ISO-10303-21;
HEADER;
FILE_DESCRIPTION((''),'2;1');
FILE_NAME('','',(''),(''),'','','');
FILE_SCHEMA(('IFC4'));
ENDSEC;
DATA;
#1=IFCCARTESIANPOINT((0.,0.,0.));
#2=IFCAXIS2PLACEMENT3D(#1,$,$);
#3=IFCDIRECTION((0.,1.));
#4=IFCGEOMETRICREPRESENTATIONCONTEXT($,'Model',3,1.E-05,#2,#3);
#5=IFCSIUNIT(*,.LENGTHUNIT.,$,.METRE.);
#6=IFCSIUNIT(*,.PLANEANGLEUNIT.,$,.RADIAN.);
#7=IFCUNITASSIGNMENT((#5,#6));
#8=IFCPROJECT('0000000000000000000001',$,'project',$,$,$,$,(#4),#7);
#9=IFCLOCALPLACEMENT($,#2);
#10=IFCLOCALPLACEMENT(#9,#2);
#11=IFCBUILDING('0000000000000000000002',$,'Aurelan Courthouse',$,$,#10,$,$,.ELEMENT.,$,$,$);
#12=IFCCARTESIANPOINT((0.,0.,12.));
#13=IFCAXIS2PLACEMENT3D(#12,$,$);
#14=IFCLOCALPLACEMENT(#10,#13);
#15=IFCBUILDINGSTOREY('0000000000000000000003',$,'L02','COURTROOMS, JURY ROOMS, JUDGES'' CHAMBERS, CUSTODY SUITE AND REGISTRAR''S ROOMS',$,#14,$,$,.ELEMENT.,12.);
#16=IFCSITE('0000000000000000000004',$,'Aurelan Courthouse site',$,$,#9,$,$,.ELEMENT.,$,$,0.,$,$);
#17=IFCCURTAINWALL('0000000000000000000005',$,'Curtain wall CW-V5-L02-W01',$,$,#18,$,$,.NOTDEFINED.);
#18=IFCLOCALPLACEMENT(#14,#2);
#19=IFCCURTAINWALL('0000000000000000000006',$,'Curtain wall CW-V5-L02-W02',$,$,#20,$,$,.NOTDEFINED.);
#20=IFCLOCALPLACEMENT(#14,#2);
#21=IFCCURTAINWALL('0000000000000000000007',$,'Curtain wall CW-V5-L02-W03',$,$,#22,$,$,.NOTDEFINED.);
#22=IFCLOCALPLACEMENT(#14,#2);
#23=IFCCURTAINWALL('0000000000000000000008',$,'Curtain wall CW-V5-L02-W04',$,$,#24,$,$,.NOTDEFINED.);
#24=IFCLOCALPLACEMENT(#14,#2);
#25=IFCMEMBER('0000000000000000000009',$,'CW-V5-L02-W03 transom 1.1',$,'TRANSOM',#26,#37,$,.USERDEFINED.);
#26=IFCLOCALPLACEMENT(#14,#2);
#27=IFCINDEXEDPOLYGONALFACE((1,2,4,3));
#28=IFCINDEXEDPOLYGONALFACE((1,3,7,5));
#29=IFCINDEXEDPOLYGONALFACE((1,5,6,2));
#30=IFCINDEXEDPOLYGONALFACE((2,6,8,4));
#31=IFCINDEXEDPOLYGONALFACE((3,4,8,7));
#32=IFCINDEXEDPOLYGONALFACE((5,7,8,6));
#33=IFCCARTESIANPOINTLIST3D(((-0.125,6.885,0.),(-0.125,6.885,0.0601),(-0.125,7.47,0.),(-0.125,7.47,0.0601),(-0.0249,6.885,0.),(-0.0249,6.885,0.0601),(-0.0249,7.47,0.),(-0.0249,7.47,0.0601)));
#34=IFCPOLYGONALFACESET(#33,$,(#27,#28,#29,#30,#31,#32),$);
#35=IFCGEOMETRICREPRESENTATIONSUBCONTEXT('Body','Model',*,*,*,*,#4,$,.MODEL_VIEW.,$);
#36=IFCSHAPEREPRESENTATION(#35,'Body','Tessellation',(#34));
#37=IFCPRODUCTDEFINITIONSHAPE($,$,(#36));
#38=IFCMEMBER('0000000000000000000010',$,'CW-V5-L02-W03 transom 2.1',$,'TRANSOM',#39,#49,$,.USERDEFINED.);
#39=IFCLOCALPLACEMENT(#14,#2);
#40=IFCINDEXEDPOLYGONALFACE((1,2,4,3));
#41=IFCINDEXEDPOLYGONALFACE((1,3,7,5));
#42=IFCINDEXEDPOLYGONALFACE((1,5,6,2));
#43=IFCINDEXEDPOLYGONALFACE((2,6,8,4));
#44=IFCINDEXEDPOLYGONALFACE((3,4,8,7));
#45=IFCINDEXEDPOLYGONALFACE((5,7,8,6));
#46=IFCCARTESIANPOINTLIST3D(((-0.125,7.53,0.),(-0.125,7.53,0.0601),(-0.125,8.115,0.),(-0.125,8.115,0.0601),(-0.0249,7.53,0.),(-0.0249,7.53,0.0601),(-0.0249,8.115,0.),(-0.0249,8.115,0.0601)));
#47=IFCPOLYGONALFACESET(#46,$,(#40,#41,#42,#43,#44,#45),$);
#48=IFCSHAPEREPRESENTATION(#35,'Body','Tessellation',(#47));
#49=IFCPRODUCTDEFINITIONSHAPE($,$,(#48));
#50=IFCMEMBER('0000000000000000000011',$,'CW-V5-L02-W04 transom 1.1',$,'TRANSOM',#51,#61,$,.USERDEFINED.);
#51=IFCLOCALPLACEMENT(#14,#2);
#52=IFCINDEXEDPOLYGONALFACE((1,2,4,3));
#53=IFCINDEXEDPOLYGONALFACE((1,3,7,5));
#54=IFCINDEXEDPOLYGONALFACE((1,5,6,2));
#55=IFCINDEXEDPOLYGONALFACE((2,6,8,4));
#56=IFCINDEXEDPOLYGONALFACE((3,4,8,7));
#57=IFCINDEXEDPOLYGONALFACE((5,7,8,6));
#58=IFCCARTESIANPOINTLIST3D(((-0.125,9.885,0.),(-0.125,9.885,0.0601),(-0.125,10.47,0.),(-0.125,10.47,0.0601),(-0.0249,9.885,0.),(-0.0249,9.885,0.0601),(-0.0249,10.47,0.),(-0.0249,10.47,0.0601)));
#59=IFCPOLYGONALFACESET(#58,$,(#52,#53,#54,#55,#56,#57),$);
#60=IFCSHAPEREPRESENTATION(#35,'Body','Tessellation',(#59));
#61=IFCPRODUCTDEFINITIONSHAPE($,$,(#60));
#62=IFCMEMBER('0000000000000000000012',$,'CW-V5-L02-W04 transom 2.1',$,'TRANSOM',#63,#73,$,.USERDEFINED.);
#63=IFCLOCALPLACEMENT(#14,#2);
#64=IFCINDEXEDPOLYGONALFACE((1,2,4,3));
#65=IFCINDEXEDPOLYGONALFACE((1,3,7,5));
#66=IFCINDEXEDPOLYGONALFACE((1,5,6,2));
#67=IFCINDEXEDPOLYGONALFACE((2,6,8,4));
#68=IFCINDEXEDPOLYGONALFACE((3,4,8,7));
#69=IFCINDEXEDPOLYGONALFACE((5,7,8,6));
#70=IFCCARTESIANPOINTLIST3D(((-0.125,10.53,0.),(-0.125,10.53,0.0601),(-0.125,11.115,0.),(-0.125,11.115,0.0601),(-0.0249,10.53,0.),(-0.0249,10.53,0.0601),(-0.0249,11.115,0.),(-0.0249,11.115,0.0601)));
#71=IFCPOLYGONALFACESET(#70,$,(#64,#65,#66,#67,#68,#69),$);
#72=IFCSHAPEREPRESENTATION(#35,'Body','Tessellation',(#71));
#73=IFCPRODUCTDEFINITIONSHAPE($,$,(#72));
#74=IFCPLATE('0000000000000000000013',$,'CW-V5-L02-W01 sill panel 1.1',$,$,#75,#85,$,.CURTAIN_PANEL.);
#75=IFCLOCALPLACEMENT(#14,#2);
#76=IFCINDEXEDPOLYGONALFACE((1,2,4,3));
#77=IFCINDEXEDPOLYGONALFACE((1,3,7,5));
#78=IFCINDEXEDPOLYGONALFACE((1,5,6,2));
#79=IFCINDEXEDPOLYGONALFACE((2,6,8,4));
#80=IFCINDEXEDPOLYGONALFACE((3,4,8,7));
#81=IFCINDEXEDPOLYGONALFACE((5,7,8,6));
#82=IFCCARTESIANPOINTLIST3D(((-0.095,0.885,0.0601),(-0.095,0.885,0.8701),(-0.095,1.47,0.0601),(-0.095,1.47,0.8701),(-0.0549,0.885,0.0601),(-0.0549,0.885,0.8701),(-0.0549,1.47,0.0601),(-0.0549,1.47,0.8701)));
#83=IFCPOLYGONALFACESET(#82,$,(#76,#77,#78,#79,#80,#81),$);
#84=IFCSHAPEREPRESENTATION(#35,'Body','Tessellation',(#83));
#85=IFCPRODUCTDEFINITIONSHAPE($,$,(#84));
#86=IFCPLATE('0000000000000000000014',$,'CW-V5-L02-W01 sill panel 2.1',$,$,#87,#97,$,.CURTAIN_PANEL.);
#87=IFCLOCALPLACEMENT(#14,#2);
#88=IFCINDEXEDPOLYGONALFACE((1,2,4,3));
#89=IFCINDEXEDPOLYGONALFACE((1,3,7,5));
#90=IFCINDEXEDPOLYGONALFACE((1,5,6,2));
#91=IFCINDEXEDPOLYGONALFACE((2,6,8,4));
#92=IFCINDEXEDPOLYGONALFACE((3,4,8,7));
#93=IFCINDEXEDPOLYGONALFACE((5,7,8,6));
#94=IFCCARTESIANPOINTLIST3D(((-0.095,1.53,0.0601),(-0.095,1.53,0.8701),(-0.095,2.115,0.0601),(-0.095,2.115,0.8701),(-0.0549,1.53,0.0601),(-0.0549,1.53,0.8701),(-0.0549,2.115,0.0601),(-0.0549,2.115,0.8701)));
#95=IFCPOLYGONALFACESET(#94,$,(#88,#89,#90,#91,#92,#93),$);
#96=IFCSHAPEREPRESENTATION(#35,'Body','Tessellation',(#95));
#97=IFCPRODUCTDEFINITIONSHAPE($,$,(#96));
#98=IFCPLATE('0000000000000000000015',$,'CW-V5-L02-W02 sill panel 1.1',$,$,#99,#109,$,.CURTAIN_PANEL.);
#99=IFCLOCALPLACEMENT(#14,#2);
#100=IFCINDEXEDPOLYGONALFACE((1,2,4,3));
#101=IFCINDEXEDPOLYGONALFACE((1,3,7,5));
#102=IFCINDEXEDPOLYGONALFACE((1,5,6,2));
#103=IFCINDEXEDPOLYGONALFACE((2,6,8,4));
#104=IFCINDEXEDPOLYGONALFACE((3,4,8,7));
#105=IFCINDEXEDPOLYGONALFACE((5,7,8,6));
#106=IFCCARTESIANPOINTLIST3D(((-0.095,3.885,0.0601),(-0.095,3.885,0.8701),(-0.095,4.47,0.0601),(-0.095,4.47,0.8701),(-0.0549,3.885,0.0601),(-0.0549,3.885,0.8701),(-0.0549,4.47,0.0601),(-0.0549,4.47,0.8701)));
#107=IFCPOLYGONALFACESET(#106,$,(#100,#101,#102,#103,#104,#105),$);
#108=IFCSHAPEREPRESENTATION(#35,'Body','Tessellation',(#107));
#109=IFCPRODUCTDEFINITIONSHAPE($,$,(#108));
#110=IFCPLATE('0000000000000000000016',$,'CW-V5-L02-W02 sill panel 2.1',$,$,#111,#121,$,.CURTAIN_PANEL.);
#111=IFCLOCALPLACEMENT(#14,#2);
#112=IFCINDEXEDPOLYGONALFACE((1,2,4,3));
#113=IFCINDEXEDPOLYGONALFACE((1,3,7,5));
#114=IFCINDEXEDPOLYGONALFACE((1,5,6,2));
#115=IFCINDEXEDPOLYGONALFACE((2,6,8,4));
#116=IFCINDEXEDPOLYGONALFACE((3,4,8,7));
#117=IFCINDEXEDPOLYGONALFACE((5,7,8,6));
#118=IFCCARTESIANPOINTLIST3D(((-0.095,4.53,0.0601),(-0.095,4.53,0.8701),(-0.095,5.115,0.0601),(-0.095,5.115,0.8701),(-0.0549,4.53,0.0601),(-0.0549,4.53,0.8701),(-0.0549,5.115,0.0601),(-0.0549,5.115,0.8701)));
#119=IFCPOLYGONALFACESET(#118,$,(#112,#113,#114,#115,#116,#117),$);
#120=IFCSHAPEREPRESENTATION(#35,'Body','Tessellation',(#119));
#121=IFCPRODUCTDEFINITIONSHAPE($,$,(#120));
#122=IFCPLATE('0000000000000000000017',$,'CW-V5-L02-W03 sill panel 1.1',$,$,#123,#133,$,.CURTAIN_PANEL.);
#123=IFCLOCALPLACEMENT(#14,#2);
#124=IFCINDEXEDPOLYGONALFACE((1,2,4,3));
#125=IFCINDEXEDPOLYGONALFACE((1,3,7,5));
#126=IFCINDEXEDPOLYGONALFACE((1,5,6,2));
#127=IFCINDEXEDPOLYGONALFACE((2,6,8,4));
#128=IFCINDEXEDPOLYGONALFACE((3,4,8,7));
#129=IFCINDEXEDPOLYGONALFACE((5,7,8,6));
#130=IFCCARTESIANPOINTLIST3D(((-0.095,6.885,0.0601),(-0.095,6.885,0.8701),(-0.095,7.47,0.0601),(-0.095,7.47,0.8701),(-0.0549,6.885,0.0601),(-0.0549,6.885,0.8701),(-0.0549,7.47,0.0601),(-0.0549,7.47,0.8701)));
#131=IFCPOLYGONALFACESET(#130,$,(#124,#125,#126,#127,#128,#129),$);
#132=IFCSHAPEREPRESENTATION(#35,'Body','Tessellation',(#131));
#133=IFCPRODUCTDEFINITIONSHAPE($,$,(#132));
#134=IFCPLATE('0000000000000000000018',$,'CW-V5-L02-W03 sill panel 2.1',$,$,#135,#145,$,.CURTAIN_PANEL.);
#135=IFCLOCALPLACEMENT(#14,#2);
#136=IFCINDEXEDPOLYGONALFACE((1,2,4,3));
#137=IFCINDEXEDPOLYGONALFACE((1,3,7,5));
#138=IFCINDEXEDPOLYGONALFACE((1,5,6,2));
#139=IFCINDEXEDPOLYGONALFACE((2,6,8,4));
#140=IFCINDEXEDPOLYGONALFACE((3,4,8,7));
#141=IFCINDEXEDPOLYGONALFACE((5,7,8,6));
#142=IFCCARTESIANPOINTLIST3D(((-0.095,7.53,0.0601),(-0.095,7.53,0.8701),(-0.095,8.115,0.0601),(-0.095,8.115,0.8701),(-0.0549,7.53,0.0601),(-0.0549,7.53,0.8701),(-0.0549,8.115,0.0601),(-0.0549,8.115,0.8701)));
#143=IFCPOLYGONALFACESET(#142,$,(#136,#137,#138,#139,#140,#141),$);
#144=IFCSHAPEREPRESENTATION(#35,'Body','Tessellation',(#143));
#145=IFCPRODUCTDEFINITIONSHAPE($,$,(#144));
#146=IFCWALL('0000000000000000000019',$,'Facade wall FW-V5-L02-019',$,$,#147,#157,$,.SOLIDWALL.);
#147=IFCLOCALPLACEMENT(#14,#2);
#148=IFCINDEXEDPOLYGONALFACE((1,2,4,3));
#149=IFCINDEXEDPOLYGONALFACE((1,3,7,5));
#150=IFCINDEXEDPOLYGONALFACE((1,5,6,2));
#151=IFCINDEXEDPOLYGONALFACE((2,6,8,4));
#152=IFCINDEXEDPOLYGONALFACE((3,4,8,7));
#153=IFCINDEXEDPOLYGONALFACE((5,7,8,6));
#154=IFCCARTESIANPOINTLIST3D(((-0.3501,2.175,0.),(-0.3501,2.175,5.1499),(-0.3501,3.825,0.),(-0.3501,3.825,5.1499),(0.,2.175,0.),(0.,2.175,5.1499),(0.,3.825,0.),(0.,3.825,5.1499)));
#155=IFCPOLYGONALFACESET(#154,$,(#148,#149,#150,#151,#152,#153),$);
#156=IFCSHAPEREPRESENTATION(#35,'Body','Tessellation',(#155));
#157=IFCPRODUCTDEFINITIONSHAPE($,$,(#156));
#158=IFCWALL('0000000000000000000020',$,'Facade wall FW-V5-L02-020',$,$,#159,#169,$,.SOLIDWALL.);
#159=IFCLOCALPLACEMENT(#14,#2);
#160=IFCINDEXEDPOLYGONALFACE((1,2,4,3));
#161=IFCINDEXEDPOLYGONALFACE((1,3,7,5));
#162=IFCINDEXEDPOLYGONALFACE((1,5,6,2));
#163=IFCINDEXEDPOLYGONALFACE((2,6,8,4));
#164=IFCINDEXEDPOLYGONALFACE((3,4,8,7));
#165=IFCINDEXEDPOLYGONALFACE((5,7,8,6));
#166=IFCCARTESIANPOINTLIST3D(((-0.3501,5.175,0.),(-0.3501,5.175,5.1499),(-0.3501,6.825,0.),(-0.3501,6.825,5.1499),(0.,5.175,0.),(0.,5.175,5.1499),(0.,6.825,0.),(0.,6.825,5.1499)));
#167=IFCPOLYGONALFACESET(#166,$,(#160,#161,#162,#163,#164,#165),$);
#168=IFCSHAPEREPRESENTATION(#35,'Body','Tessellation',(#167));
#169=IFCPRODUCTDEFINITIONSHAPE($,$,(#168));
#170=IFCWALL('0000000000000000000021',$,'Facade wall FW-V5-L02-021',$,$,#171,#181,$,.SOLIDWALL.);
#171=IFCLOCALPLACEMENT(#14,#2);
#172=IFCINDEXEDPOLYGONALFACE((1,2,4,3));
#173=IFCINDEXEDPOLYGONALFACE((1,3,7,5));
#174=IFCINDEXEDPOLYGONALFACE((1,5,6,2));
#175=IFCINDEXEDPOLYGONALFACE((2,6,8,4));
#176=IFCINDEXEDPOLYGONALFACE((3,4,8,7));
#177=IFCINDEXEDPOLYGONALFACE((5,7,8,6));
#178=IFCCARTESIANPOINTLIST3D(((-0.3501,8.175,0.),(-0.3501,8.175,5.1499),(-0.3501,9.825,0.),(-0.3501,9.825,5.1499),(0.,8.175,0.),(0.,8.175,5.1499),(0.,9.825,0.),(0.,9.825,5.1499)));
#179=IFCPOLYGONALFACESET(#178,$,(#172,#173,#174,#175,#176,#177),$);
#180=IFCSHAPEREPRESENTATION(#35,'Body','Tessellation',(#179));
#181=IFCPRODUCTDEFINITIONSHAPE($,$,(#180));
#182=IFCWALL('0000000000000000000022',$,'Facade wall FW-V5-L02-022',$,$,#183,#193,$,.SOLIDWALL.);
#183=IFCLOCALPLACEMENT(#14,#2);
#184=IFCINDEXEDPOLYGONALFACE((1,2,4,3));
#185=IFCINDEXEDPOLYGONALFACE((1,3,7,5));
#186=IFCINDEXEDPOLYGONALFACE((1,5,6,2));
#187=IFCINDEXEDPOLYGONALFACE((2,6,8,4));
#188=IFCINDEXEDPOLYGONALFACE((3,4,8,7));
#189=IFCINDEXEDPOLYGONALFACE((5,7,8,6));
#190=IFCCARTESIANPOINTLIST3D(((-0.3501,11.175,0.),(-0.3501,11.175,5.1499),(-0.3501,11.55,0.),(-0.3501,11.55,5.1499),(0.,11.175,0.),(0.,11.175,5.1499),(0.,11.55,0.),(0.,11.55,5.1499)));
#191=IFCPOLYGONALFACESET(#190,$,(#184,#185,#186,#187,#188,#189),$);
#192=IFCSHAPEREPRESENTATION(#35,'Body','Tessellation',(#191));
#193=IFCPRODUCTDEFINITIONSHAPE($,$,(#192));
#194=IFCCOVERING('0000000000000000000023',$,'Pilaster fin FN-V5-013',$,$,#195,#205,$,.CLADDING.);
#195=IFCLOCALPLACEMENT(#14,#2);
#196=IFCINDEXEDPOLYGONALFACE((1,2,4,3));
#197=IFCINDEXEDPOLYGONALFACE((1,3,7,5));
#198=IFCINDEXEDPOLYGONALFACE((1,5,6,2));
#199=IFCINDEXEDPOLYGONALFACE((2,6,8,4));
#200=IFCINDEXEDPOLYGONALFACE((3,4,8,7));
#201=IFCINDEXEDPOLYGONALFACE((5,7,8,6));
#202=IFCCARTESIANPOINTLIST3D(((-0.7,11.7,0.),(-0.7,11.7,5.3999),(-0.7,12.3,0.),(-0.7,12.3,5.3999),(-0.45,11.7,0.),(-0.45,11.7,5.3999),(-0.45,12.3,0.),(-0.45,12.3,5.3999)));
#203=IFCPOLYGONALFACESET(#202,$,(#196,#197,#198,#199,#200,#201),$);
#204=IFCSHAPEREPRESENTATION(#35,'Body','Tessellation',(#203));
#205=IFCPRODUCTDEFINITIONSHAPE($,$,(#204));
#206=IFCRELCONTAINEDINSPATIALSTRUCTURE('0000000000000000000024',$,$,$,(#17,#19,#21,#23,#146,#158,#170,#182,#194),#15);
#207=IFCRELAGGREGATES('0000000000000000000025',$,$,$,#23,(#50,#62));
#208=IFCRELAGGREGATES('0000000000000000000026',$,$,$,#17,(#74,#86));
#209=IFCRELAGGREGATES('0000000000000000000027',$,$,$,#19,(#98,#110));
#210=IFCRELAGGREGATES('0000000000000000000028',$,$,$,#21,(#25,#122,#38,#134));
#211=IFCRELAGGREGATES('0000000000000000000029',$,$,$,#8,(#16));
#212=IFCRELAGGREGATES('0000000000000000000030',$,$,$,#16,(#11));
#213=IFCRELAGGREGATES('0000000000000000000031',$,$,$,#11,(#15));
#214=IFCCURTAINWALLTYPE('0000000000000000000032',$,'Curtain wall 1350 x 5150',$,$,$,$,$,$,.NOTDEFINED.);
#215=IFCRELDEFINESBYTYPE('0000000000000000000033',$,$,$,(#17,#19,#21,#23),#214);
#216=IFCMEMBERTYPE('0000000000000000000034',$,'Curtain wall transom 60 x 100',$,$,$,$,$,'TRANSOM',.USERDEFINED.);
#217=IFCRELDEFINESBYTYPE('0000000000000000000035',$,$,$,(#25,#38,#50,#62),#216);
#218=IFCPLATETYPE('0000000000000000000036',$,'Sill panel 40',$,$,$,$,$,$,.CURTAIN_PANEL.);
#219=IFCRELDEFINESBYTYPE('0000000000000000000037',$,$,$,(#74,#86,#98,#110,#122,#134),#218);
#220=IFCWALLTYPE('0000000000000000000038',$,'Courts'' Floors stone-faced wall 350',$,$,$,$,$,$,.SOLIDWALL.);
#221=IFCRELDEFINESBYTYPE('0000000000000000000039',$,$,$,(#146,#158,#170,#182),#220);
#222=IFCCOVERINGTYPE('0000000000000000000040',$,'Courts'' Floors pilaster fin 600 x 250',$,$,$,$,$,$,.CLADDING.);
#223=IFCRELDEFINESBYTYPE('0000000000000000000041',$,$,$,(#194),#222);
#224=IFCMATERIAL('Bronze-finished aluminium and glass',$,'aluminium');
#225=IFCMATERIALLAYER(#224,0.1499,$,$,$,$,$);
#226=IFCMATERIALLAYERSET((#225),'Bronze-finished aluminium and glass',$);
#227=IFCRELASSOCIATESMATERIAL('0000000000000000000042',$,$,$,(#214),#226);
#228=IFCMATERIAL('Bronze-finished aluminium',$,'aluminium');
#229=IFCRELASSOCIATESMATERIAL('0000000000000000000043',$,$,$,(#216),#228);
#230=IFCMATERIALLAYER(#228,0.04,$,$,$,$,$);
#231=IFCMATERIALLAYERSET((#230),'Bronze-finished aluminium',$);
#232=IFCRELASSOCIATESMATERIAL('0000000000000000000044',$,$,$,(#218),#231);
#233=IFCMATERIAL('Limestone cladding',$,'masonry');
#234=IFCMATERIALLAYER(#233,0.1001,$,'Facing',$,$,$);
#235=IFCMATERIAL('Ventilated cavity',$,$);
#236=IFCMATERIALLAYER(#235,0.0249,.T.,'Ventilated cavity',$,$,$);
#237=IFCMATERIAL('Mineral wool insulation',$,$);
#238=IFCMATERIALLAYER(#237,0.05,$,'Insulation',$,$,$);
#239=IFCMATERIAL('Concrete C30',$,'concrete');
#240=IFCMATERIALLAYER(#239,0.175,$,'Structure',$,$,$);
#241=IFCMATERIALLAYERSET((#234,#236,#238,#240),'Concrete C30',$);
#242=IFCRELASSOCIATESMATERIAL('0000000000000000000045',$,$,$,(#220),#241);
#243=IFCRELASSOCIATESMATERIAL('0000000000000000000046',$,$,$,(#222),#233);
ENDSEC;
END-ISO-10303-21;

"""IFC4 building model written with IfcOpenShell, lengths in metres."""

from ifc_helpers import new_model, si_unit, direction, frame, frame_2d, origin, origin_2d, place, context, subcontext, project, spatial, rectangle, extrude, material, layer, layer_set, material_profile, profile_set, type_object, element, aggregate, save


model = new_model("IFC4")

# Units and contexts
model_context = context("Model", 3, precision=1e-05, world=origin(), true_north=direction((0.0, 1.0)))
body_context = subcontext(model_context, "Body", "Model", "MODEL_VIEW")
ifc_project = project(units=[si_unit("LENGTHUNIT", "METRE"), si_unit("PLANEANGLEUNIT", "RADIAN")], contexts=[model_context])

# Site, building, storey
site_placement = place(None, origin())
site = spatial("IfcSite", under=ifc_project, at=site_placement, Name="Aurelan Courthouse site", CompositionType="ELEMENT", RefElevation=0.0)
building_placement = place(site_placement, origin())
building = spatial("IfcBuilding", under=site, at=building_placement, Name="Aurelan Courthouse", CompositionType="ELEMENT")
storey_placement = place(building_placement, frame((0.0, 0.0, 12.0)))
storey = spatial("IfcBuildingStorey", under=building, at=storey_placement, Name="L02", Description="COURTROOMS, JURY ROOMS, JUDGES' CHAMBERS, CUSTODY SUITE AND REGISTRAR'S ROOMS", CompositionType="ELEMENT", Elevation=12.0)

# Curtain walls
ifc_material_1 = material(Name="Bronze-finished aluminium and glass", Category="aluminium")
ifc_layer_1 = layer(ifc_material_1, 0.1499)
ifc_layer_set_1 = layer_set([ifc_layer_1], Name="Bronze-finished aluminium and glass")
curtain_wall_type = type_object("IfcCurtainWallType", Name="Curtain wall 1350 x 5150", PredefinedType="NOTDEFINED", material=ifc_layer_set_1)
curtain_wall_1_placement = place(storey_placement, origin())
curtain_wall_1 = element("IfcCurtainWall", 1, at=curtain_wall_1_placement, inside=storey, type_object=curtain_wall_type, Name="Curtain wall CW-V5-L02-W01", PredefinedType="NOTDEFINED")
ifc_material_2 = material(Name="Bronze-finished aluminium", Category="aluminium")
curtain_wall_2_placement = place(storey_placement, origin())
curtain_wall_2 = element("IfcCurtainWall", 2, at=curtain_wall_2_placement, inside=storey, type_object=curtain_wall_type, Name="Curtain wall CW-V5-L02-W02", PredefinedType="NOTDEFINED")
curtain_wall_3_placement = place(storey_placement, origin())
curtain_wall_3 = element("IfcCurtainWall", 3, at=curtain_wall_3_placement, inside=storey, type_object=curtain_wall_type, Name="Curtain wall CW-V5-L02-W03", PredefinedType="NOTDEFINED")
curtain_wall_4_placement = place(storey_placement, origin())
curtain_wall_4 = element("IfcCurtainWall", 4, at=curtain_wall_4_placement, inside=storey, type_object=curtain_wall_type, Name="Curtain wall CW-V5-L02-W04", PredefinedType="NOTDEFINED")

# Members
ifc_material_profile_1 = material_profile(ifc_material_2, rectangle(XDim=0.1001, YDim=0.0601, at=origin_2d()), Name="Bronze transom 60 x 100")
ifc_profile_set_1 = profile_set([ifc_material_profile_1], Name="Bronze-finished aluminium")
member_type_1 = type_object("IfcMemberType", Name="Curtain wall transom 60 x 100", ElementType="TRANSOM", PredefinedType="USERDEFINED", material=ifc_profile_set_1)
member_1_placement = place(storey_placement, frame((-0.075, 6.885, 0.03), z_axis=(0.0, 1.0, 0.0), x_axis=(-1.0, 0.0, 0.0)))
member_1 = element("IfcMember", 5, at=member_1_placement, type_object=member_type_1, Name="CW-V5-L02-W03 transom 1.1", ObjectType="TRANSOM", PredefinedType="USERDEFINED", context=body_context, shape_type="SweptSolid", body=[
    extrude(rectangle(XDim=0.1001, YDim=0.0601, at=origin_2d()), origin(), (0.0, 0.0, 1.0), 0.585),
])
member_2_placement = place(storey_placement, frame((-0.075, 7.53, 0.03), z_axis=(0.0, 1.0, 0.0), x_axis=(-1.0, 0.0, 0.0)))
member_2 = element("IfcMember", 6, at=member_2_placement, type_object=member_type_1, Name="CW-V5-L02-W03 transom 2.1", ObjectType="TRANSOM", PredefinedType="USERDEFINED", context=body_context, shape_type="SweptSolid", body=[
    extrude(rectangle(XDim=0.1001, YDim=0.0601, at=origin_2d()), origin(), (0.0, 0.0, 1.0), 0.585),
])
member_3_placement = place(storey_placement, frame((-0.075, 9.885, 0.03), z_axis=(0.0, 1.0, 0.0), x_axis=(-1.0, 0.0, 0.0)))
member_3 = element("IfcMember", 7, at=member_3_placement, type_object=member_type_1, Name="CW-V5-L02-W04 transom 1.1", ObjectType="TRANSOM", PredefinedType="USERDEFINED", context=body_context, shape_type="SweptSolid", body=[
    extrude(rectangle(XDim=0.1001, YDim=0.0601, at=origin_2d()), origin(), (0.0, 0.0, 1.0), 0.585),
])
member_4_placement = place(storey_placement, frame((-0.075, 10.53, 0.03), z_axis=(0.0, 1.0, 0.0), x_axis=(-1.0, 0.0, 0.0)))
member_4 = element("IfcMember", 8, at=member_4_placement, type_object=member_type_1, Name="CW-V5-L02-W04 transom 2.1", ObjectType="TRANSOM", PredefinedType="USERDEFINED", context=body_context, shape_type="SweptSolid", body=[
    extrude(rectangle(XDim=0.1001, YDim=0.0601, at=origin_2d()), origin(), (0.0, 0.0, 1.0), 0.585),
])
aggregate(curtain_wall_4, [member_3, member_4])

# Plates
ifc_layer_2 = layer(ifc_material_2, 0.04)
ifc_layer_set_2 = layer_set([ifc_layer_2], Name="Bronze-finished aluminium")
plate_type = type_object("IfcPlateType", Name="Sill panel 40", PredefinedType="CURTAIN_PANEL", material=ifc_layer_set_2)
plate_1_placement = place(storey_placement, frame((-0.075, 1.1775, 0.0601), z_axis=(0.0, 0.0, 1.0), x_axis=(0.0, 1.0, 0.0)))
plate_1 = element("IfcPlate", 9, at=plate_1_placement, type_object=plate_type, Name="CW-V5-L02-W01 sill panel 1.1", PredefinedType="CURTAIN_PANEL", context=body_context, shape_type="SweptSolid", body=[
    extrude(rectangle(XDim=0.585, YDim=0.04, at=origin_2d()), origin(), (0.0, 0.0, 1.0), 0.8101),
])
plate_2_placement = place(storey_placement, frame((-0.075, 1.8225, 0.0601), z_axis=(0.0, 0.0, 1.0), x_axis=(0.0, 1.0, 0.0)))
plate_2 = element("IfcPlate", 10, at=plate_2_placement, type_object=plate_type, Name="CW-V5-L02-W01 sill panel 2.1", PredefinedType="CURTAIN_PANEL", context=body_context, shape_type="SweptSolid", body=[
    extrude(rectangle(XDim=0.585, YDim=0.04, at=origin_2d()), origin(), (0.0, 0.0, 1.0), 0.8101),
])
aggregate(curtain_wall_1, [plate_1, plate_2])
plate_3_placement = place(storey_placement, frame((-0.075, 4.1775, 0.0601), z_axis=(0.0, 0.0, 1.0), x_axis=(0.0, 1.0, 0.0)))
plate_3 = element("IfcPlate", 11, at=plate_3_placement, type_object=plate_type, Name="CW-V5-L02-W02 sill panel 1.1", PredefinedType="CURTAIN_PANEL", context=body_context, shape_type="SweptSolid", body=[
    extrude(rectangle(XDim=0.585, YDim=0.04, at=origin_2d()), origin(), (0.0, 0.0, 1.0), 0.8101),
])
plate_4_placement = place(storey_placement, frame((-0.075, 4.8225, 0.0601), z_axis=(0.0, 0.0, 1.0), x_axis=(0.0, 1.0, 0.0)))
plate_4 = element("IfcPlate", 12, at=plate_4_placement, type_object=plate_type, Name="CW-V5-L02-W02 sill panel 2.1", PredefinedType="CURTAIN_PANEL", context=body_context, shape_type="SweptSolid", body=[
    extrude(rectangle(XDim=0.585, YDim=0.04, at=origin_2d()), origin(), (0.0, 0.0, 1.0), 0.8101),
])
aggregate(curtain_wall_2, [plate_3, plate_4])
plate_5_placement = place(storey_placement, frame((-0.075, 7.1775, 0.0601), z_axis=(0.0, 0.0, 1.0), x_axis=(0.0, 1.0, 0.0)))
plate_5 = element("IfcPlate", 13, at=plate_5_placement, type_object=plate_type, Name="CW-V5-L02-W03 sill panel 1.1", PredefinedType="CURTAIN_PANEL", context=body_context, shape_type="SweptSolid", body=[
    extrude(rectangle(XDim=0.585, YDim=0.04, at=origin_2d()), origin(), (0.0, 0.0, 1.0), 0.8101),
])
plate_6_placement = place(storey_placement, frame((-0.075, 7.8225, 0.0601), z_axis=(0.0, 0.0, 1.0), x_axis=(0.0, 1.0, 0.0)))
plate_6 = element("IfcPlate", 14, at=plate_6_placement, type_object=plate_type, Name="CW-V5-L02-W03 sill panel 2.1", PredefinedType="CURTAIN_PANEL", context=body_context, shape_type="SweptSolid", body=[
    extrude(rectangle(XDim=0.585, YDim=0.04, at=origin_2d()), origin(), (0.0, 0.0, 1.0), 0.8101),
])
aggregate(curtain_wall_3, [member_1, plate_5, member_2, plate_6])

# Walls
ifc_material_3 = material(Name="Limestone cladding", Category="masonry")
ifc_layer_3 = layer(ifc_material_3, 0.1001, Name="Facing")
ifc_material_4 = material(Name="Ventilated cavity")
ifc_layer_4 = layer(ifc_material_4, 0.0249, ventilated=True, Name="Ventilated cavity")
ifc_material_5 = material(Name="Mineral wool insulation")
ifc_layer_5 = layer(ifc_material_5, 0.05, Name="Insulation")
ifc_material_6 = material(Name="Concrete C30", Category="concrete")
ifc_layer_6 = layer(ifc_material_6, 0.175, Name="Structure")
ifc_layer_set_3 = layer_set([ifc_layer_3, ifc_layer_4, ifc_layer_5, ifc_layer_6], Name="Concrete C30")
wall_type = type_object("IfcWallType", Name="Courts' Floors stone-faced wall 350", PredefinedType="SOLIDWALL", material=ifc_layer_set_3)
for number, where, z_axis, x_axis, name in (
    (15, (-0.175, 2.175, 0.0), (0.0, 0.0, 1.0), (0.0, 1.0, 0.0), "Facade wall FW-V5-L02-019"),
    (16, (-0.175, 5.175, 0.0), (0.0, 0.0, 1.0), (0.0, 1.0, 0.0), "Facade wall FW-V5-L02-020"),
    (17, (-0.175, 8.175, 0.0), (0.0, 0.0, 1.0), (0.0, 1.0, 0.0), "Facade wall FW-V5-L02-021"),
):
    element("IfcWall", number, at=place(storey_placement, frame(where, z_axis=z_axis, x_axis=x_axis)), inside=storey, type_object=wall_type, Name=name, PredefinedType="SOLIDWALL", context=body_context, shape_type="SweptSolid", body=[
        extrude(rectangle(XDim=1.6499, YDim=0.3501, at=frame_2d((0.825, 0.0))), origin(), (0.0, 0.0, 1.0), 5.1499),
    ])
wall_placement = place(storey_placement, frame((-0.175, 11.175, 0.0), z_axis=(0.0, 0.0, 1.0), x_axis=(0.0, 1.0, 0.0)))
element("IfcWall", 18, at=wall_placement, inside=storey, type_object=wall_type, Name="Facade wall FW-V5-L02-022", PredefinedType="SOLIDWALL", context=body_context, shape_type="SweptSolid", body=[
    extrude(rectangle(XDim=0.375, YDim=0.3501, at=frame_2d((0.1875, 0.0))), origin(), (0.0, 0.0, 1.0), 5.1499),
])

# Covering
covering_type_1 = type_object("IfcCoveringType", Name="Courts' Floors pilaster fin 600 x 250", PredefinedType="CLADDING", material=ifc_material_3)
covering_1_placement = place(storey_placement, frame((-0.575, 12.0, 0.0), z_axis=(0.0, 0.0, 1.0), x_axis=(1.0, 0.0, 0.0)))
element("IfcCovering", 19, at=covering_1_placement, inside=storey, type_object=covering_type_1, Name="Pilaster fin FN-V5-013", PredefinedType="CLADDING", context=body_context, shape_type="SweptSolid", body=[
    extrude(rectangle(XDim=0.25, YDim=0.6001, at=origin_2d()), origin(), (0.0, 0.0, 1.0), 5.3999),
])

save(model, "model.ifc")
